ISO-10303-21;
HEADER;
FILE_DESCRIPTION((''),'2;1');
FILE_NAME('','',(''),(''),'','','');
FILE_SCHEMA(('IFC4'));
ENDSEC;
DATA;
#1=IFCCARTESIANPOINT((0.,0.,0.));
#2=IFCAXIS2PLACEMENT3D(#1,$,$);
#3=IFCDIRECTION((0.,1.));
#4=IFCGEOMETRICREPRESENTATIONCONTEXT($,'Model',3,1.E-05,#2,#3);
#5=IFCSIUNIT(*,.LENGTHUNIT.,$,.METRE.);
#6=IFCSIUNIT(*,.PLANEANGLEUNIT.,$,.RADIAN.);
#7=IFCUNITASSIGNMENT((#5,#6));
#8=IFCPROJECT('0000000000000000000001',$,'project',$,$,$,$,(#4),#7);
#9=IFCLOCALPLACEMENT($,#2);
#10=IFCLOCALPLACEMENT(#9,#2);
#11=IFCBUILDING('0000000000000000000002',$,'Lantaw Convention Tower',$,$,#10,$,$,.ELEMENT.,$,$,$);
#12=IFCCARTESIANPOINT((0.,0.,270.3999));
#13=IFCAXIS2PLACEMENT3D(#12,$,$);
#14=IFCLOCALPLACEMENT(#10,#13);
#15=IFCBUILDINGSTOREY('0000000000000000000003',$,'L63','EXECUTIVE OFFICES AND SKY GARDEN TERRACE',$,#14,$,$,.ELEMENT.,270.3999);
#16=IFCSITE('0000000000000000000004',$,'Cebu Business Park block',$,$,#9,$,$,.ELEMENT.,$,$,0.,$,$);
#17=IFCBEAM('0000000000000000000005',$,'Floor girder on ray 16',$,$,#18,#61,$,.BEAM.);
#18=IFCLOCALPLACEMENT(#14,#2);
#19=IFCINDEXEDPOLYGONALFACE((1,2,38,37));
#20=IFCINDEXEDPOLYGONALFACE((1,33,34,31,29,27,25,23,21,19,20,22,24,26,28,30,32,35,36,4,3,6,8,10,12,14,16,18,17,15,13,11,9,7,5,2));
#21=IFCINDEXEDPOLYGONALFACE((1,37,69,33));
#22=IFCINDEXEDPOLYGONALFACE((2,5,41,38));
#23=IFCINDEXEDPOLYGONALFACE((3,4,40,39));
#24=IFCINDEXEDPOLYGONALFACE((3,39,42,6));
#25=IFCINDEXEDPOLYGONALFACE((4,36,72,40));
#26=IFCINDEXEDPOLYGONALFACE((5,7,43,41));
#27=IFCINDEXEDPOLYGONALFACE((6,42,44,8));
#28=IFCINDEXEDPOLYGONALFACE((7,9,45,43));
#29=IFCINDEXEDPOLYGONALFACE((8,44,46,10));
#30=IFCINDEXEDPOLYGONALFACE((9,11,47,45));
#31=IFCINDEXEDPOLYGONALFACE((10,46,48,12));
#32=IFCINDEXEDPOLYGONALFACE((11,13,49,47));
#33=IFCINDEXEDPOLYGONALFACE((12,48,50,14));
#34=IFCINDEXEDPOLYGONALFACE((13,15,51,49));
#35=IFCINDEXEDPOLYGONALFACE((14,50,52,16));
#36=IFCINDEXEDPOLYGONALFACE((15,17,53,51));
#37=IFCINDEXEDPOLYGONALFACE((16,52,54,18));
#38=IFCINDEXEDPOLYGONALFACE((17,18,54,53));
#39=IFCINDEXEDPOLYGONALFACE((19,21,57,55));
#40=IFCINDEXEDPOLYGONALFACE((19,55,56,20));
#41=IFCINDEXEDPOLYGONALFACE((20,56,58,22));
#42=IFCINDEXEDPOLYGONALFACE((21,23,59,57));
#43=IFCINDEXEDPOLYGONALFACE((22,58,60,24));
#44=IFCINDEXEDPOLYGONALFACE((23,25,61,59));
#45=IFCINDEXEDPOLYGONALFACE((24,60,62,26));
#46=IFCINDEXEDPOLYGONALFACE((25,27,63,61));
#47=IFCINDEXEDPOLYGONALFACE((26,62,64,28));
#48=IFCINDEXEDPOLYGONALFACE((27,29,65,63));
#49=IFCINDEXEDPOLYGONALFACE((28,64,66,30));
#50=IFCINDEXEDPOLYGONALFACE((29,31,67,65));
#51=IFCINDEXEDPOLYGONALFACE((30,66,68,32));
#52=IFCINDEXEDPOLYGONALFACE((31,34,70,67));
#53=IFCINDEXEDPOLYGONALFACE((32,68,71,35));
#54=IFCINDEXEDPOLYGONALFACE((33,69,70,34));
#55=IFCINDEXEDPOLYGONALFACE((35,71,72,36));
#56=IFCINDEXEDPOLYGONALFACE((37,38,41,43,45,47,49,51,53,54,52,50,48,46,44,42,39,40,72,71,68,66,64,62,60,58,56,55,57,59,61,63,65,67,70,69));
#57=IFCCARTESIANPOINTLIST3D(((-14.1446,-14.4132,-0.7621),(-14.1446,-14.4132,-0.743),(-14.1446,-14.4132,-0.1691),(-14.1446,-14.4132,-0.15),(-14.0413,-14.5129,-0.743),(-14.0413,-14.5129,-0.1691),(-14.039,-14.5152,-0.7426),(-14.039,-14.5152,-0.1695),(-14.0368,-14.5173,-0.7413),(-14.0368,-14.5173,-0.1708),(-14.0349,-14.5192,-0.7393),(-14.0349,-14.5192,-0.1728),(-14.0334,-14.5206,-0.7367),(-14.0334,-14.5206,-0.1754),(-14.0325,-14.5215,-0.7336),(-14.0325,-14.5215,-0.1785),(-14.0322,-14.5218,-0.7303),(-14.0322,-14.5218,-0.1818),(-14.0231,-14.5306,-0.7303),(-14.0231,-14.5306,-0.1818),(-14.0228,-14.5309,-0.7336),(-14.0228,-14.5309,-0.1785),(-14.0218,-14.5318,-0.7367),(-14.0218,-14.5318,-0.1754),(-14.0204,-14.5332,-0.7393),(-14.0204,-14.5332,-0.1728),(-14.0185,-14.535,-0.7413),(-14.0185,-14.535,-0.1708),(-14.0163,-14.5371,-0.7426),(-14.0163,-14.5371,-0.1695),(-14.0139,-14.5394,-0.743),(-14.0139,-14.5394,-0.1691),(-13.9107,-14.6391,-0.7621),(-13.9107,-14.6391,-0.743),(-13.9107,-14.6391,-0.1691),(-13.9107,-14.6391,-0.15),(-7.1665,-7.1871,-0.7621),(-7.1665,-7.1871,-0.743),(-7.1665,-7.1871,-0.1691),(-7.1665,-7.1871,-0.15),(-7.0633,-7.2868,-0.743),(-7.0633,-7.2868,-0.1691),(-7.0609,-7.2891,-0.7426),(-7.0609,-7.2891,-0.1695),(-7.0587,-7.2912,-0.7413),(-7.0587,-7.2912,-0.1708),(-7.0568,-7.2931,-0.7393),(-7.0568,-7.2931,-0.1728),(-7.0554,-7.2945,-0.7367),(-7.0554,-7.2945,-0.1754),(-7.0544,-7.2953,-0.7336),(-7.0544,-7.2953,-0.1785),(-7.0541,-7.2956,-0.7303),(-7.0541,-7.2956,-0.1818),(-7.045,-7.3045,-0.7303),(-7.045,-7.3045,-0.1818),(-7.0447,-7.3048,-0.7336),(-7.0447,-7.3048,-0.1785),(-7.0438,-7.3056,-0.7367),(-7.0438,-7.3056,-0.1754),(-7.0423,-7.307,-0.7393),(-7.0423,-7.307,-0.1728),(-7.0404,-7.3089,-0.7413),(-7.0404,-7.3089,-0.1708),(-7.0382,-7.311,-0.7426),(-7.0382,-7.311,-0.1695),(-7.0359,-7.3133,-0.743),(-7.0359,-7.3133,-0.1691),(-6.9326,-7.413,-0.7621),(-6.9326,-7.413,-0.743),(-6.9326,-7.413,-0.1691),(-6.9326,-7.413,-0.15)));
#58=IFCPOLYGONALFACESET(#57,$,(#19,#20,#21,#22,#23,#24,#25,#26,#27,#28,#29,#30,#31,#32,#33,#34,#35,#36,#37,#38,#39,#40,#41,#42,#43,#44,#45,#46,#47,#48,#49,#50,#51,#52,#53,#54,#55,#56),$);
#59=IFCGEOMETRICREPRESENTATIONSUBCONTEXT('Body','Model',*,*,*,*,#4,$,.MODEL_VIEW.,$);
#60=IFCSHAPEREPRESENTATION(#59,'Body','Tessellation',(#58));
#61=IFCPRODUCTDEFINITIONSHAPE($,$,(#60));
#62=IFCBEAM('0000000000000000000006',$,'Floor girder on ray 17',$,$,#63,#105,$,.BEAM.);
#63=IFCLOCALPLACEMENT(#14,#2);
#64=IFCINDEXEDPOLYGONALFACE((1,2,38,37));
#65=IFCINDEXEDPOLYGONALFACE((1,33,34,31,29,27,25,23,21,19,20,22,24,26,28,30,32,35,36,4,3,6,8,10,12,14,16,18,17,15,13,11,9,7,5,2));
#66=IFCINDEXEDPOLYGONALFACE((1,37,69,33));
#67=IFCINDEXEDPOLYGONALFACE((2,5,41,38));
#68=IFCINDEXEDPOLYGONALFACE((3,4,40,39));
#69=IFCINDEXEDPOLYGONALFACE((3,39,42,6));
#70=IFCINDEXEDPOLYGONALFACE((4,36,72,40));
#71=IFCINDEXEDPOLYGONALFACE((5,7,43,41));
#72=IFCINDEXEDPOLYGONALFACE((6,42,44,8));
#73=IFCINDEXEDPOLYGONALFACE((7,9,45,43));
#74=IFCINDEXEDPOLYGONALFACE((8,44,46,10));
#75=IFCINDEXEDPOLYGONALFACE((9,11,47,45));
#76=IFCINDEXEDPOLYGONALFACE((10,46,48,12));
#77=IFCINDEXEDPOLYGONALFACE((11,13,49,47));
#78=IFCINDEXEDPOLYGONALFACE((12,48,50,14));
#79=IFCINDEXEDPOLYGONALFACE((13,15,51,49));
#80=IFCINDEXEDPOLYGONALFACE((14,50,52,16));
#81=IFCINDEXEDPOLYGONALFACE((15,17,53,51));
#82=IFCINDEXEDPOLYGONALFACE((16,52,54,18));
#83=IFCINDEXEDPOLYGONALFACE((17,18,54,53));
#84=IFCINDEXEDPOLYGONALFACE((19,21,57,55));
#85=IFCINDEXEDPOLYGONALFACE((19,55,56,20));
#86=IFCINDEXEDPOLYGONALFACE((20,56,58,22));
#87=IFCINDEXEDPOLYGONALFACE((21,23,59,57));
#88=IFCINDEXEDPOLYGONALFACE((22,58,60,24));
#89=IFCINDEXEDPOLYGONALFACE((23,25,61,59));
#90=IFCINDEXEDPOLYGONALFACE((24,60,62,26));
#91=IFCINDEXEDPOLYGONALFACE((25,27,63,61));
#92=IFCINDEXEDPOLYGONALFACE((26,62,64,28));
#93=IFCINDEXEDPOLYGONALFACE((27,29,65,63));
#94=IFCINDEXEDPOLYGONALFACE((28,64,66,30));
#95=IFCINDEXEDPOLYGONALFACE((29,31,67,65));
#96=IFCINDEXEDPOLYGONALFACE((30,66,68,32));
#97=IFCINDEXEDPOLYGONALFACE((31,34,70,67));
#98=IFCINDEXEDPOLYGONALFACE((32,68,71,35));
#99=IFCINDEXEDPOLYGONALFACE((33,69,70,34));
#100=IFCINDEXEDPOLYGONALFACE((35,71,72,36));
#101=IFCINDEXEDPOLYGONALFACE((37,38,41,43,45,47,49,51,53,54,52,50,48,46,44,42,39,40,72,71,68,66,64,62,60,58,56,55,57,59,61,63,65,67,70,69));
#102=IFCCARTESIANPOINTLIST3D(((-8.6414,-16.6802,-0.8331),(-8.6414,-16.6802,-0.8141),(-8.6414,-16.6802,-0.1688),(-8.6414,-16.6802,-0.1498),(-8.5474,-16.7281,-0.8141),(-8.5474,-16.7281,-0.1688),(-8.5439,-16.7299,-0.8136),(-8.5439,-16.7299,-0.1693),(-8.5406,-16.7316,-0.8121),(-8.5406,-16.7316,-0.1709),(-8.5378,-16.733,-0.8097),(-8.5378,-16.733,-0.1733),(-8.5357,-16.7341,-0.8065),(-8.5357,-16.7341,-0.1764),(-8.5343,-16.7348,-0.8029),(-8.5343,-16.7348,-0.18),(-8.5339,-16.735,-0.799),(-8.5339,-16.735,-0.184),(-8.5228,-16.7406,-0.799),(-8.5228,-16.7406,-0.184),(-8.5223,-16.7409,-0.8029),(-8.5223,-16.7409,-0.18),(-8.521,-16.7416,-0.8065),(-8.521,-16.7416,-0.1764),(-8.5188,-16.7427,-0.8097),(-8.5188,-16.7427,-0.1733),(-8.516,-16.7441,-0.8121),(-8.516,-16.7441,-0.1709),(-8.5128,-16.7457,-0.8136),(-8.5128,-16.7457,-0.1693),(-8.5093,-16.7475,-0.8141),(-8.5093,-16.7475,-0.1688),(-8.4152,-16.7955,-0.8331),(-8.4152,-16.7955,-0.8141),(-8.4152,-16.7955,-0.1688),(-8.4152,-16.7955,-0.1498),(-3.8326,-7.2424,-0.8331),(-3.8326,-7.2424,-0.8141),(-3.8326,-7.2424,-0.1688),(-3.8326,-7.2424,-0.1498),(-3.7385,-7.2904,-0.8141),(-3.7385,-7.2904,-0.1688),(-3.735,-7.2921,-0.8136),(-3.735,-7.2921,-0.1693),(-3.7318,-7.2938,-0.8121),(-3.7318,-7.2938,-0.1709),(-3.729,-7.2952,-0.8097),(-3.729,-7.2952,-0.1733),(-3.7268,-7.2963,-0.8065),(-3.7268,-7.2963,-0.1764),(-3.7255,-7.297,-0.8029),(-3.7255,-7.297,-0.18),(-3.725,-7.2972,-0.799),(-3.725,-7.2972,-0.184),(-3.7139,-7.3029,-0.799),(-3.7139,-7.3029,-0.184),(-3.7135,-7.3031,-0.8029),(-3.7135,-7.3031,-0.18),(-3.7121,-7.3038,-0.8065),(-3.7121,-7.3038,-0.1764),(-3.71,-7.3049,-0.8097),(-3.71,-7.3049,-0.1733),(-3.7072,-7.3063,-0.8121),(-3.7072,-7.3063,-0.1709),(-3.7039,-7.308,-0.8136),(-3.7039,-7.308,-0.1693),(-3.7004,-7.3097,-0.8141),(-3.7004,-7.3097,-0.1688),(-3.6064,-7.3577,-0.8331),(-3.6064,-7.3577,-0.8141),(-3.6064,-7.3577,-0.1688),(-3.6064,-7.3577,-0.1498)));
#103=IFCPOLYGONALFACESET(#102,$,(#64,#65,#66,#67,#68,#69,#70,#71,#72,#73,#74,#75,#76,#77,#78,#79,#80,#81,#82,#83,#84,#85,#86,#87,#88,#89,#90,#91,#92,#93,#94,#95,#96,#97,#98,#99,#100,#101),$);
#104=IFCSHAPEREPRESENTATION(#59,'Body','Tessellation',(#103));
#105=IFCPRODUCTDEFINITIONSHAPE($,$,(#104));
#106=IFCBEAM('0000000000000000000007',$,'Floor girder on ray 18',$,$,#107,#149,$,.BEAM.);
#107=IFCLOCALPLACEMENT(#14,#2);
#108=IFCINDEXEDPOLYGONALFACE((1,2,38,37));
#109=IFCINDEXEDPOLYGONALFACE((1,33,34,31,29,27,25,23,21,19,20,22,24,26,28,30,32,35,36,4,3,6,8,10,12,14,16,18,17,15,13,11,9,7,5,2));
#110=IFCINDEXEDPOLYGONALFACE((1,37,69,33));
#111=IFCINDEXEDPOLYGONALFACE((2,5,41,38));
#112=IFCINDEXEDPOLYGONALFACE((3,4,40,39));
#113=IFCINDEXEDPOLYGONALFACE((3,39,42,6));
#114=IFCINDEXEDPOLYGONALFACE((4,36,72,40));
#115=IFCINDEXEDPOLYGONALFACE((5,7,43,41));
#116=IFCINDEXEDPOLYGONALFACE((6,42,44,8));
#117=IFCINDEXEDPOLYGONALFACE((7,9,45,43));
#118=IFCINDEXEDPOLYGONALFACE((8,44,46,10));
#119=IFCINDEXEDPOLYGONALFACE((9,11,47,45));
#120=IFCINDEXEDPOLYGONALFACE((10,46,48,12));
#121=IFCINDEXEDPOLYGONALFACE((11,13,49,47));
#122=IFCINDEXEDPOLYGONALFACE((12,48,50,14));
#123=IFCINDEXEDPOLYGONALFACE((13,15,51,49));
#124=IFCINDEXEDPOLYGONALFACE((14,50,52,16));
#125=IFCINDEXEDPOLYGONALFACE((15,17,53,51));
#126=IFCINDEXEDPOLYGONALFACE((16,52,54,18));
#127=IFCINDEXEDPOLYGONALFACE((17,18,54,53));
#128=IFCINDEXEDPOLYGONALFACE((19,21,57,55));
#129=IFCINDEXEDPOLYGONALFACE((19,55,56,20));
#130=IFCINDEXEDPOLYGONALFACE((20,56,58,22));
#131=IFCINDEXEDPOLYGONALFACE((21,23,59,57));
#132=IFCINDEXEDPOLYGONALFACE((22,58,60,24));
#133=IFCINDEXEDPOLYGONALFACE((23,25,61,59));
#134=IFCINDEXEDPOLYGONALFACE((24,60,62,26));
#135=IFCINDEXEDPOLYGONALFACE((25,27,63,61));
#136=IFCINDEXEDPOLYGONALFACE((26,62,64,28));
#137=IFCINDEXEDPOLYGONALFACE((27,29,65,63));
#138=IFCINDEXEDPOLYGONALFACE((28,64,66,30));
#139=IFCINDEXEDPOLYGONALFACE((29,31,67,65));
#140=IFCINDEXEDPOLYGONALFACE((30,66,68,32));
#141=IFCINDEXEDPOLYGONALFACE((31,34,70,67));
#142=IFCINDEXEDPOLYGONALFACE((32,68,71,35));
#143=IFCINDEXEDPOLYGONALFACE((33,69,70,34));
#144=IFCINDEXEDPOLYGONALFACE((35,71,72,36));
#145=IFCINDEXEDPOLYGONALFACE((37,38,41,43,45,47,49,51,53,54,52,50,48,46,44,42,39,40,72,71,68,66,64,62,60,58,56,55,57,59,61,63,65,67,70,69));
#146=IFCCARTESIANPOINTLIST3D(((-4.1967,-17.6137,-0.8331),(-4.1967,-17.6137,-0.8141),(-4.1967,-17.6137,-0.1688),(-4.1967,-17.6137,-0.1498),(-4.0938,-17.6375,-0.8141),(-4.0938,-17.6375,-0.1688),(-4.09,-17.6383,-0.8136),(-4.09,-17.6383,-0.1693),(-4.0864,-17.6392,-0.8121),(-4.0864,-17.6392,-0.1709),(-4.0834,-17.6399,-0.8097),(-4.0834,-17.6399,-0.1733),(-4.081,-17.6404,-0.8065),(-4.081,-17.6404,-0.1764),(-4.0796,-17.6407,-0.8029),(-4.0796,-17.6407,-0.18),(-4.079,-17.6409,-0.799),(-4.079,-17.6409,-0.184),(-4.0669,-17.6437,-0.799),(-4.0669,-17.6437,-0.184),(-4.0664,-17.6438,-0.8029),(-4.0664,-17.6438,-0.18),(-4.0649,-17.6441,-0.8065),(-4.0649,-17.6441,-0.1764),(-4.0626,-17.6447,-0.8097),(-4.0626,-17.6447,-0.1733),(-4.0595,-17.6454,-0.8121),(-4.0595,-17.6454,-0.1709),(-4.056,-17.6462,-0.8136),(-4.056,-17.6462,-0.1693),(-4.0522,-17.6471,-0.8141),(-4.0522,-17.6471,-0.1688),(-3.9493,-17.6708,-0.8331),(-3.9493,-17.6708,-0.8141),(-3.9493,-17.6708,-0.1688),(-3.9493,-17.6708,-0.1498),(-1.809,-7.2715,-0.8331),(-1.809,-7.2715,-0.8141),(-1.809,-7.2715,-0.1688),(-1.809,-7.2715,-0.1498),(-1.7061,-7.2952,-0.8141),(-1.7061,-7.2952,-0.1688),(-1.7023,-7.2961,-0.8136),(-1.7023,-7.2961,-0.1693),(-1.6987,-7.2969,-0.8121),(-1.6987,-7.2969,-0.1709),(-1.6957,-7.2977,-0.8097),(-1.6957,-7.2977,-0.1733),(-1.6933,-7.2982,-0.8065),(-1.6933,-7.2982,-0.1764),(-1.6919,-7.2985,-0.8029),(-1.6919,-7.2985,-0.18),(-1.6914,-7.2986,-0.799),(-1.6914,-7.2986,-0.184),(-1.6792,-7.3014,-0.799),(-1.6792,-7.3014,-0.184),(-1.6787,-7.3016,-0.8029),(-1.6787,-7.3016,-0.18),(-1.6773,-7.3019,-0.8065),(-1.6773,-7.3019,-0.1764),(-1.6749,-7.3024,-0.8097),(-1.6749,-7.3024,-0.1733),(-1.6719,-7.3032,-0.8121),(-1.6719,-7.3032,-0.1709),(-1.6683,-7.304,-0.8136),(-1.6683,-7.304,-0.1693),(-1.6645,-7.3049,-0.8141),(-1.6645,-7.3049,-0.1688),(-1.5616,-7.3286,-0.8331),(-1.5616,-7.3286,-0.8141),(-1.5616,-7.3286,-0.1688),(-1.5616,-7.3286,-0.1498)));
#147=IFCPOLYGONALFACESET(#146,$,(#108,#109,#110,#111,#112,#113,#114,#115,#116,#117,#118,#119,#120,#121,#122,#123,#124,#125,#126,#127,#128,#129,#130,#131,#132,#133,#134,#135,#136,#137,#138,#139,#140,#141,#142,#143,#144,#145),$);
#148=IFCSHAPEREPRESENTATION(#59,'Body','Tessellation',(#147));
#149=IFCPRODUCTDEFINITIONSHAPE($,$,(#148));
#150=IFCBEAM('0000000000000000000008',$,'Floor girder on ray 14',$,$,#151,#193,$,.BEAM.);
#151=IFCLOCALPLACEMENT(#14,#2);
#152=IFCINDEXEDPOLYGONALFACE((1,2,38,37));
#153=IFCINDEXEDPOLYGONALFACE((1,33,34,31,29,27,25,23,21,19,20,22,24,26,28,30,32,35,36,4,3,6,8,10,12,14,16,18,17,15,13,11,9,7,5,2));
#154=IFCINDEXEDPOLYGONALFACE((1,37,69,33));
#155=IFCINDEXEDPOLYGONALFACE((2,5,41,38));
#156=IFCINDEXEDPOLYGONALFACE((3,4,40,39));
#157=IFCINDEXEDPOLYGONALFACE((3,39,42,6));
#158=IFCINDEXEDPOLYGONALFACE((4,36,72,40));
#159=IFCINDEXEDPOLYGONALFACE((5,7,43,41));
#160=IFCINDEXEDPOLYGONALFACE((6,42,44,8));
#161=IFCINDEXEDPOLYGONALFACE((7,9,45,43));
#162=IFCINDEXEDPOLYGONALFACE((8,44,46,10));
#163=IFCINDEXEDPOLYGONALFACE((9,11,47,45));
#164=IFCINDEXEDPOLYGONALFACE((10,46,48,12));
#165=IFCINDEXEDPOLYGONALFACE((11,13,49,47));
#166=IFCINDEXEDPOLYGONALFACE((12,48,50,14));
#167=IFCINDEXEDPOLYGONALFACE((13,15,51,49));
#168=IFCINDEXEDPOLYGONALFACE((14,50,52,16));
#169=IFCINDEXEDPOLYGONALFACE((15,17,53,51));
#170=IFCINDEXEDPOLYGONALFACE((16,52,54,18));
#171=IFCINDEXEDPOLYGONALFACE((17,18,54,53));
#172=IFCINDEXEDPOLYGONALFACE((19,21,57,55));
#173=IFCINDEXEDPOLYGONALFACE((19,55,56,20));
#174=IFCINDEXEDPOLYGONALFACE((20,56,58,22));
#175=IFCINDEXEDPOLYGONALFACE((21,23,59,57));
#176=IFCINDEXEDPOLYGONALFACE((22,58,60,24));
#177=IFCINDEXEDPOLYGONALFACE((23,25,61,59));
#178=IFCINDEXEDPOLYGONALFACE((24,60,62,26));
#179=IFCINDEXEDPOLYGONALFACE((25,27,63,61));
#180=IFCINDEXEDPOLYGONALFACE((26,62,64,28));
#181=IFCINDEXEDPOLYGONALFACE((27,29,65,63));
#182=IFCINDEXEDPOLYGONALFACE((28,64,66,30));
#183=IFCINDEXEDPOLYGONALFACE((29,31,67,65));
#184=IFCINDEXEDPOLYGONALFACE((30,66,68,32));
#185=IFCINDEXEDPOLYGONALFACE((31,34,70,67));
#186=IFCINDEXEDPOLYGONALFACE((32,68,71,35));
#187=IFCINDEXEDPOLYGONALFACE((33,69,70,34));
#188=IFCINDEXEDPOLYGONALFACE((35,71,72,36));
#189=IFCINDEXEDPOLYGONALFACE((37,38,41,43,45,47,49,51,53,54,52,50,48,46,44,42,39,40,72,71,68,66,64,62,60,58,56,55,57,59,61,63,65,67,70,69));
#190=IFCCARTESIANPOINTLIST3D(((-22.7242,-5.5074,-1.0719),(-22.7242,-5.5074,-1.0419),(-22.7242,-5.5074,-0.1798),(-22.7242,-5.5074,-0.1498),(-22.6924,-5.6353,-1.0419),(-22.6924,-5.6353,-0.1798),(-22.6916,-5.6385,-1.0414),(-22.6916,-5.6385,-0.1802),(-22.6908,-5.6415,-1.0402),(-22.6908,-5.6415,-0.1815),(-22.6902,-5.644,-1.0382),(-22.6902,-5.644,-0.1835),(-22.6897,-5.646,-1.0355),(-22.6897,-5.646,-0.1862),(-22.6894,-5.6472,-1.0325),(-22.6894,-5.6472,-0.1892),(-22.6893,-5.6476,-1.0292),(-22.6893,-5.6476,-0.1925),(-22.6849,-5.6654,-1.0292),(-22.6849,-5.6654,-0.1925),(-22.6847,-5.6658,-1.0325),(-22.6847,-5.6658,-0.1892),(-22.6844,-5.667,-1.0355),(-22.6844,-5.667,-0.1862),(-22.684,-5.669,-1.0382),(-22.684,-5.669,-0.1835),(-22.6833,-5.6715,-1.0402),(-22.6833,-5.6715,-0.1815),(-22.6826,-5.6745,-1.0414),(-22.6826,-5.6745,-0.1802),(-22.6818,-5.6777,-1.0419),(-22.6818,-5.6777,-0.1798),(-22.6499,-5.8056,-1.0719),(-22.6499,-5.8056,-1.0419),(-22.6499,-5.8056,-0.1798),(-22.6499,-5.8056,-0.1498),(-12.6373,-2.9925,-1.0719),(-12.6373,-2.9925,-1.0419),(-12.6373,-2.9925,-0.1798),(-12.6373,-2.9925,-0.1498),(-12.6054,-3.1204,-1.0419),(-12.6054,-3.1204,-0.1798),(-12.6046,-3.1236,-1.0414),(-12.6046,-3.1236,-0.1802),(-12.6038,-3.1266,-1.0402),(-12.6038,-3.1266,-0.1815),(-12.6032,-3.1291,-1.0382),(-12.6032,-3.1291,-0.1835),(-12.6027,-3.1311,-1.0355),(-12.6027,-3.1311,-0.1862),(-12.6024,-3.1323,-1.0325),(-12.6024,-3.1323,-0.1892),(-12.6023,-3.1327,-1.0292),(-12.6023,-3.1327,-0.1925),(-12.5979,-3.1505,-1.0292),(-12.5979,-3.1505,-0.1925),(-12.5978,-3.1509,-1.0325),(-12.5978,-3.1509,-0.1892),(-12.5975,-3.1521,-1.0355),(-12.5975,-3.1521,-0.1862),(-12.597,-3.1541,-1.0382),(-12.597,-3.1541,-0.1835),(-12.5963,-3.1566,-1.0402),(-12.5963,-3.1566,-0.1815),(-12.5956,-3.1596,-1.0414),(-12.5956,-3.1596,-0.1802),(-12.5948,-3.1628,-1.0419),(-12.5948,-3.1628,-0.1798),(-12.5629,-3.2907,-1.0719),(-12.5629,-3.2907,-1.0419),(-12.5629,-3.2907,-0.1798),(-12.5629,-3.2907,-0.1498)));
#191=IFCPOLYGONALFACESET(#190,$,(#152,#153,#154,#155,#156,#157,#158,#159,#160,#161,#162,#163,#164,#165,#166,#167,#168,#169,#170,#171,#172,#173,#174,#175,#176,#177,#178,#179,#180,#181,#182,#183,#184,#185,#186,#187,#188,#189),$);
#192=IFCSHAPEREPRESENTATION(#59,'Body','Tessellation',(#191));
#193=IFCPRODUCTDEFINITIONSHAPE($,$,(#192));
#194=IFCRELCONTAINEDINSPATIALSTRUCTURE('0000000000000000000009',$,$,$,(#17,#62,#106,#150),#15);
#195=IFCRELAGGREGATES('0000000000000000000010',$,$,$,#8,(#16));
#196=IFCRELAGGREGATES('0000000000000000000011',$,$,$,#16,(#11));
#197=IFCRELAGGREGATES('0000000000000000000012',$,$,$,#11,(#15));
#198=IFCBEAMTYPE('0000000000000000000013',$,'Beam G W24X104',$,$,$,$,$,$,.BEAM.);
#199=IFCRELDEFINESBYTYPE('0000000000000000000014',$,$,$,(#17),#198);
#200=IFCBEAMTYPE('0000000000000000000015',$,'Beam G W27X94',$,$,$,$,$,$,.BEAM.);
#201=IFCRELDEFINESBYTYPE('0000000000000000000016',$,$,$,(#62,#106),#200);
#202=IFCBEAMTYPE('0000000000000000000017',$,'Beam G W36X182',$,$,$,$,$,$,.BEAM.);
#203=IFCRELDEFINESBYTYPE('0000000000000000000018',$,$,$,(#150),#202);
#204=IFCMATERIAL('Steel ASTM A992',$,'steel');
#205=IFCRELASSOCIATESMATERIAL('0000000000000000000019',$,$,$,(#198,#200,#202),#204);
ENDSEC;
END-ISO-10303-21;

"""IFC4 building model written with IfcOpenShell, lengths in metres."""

from ifc_helpers import new_model, si_unit, direction, frame, origin, origin_2d, place, context, subcontext, project, spatial, i_section, extrude, material, material_profile, profile_set, type_object, element, save


model = new_model("IFC4")

# Units and contexts
model_context = context("Model", 3, precision=1e-05, world=origin(), true_north=direction((0.0, 1.0)))
body_context = subcontext(model_context, "Body", "Model", "MODEL_VIEW")
ifc_project = project(units=[si_unit("LENGTHUNIT", "METRE"), si_unit("PLANEANGLEUNIT", "RADIAN")], contexts=[model_context])

# Site, building, storey
site_placement = place(None, origin())
site = spatial("IfcSite", under=ifc_project, at=site_placement, Name="Cebu Business Park block", CompositionType="ELEMENT", RefElevation=0.0)
building_placement = place(site_placement, origin())
building = spatial("IfcBuilding", under=site, at=building_placement, Name="Lantaw Convention Tower", CompositionType="ELEMENT")
storey_placement = place(building_placement, frame((0.0, 0.0, 270.3999)))
storey = spatial("IfcBuildingStorey", under=building, at=storey_placement, Name="L63", Description="EXECUTIVE OFFICES AND SKY GARDEN TERRACE", CompositionType="ELEMENT", Elevation=270.3999)

# Beams
ifc_material_1 = material(Name="Steel ASTM A992", Category="steel")
ifc_material_profile_1 = material_profile(ifc_material_1, i_section(OverallWidth=0.3252, OverallDepth=0.6121, WebThickness=0.0127, FlangeThickness=0.019, FilletRadius=0.0127, at=origin_2d()), Name="W24X104")
ifc_profile_set_1 = profile_set([ifc_material_profile_1], Name="Steel ASTM A992")
beam_type_1 = type_object("IfcBeamType", Name="Beam G W24X104", PredefinedType="BEAM", material=ifc_profile_set_1)
beam_1_placement = place(storey_placement, frame((-7.0496, -7.3, -0.4561), z_axis=(-0.694653, -0.719345, 0.0), x_axis=(0.719345, -0.694653, 0.0)))
element("IfcBeam", 1, at=beam_1_placement, inside=storey, type_object=beam_type_1, Name="Floor girder on ray 16", PredefinedType="BEAM", context=body_context, shape_type="SweptSolid", body=[
    extrude(i_section(OverallWidth=0.3252, OverallDepth=0.6121, WebThickness=0.0127, FlangeThickness=0.019, FilletRadius=0.0127, at=origin_2d()), origin(), (0.0, 0.0, 1.0), 10.0454),
])
ifc_material_profile_2 = material_profile(ifc_material_1, i_section(OverallWidth=0.2539, OverallDepth=0.6833, WebThickness=0.0125, FlangeThickness=0.019, FilletRadius=0.0151, at=origin_2d()), Name="W27X94")
ifc_profile_set_2 = profile_set([ifc_material_profile_2], Name="Steel ASTM A992")
beam_type_2 = type_object("IfcBeamType", Name="Beam G W27X94", PredefinedType="BEAM", material=ifc_profile_set_2)
beam_2_placement = place(storey_placement, frame((-3.7195, -7.3, -0.4915), z_axis=(-0.453996, -0.891004, 0.0), x_axis=(0.891004, -0.453996, 0.0)))
element("IfcBeam", 2, at=beam_2_placement, inside=storey, type_object=beam_type_2, Name="Floor girder on ray 17", PredefinedType="BEAM", context=body_context, shape_type="SweptSolid", body=[
    extrude(i_section(OverallWidth=0.2539, OverallDepth=0.6833, WebThickness=0.0125, FlangeThickness=0.019, FilletRadius=0.0151, at=origin_2d()), origin(), (0.0, 0.0, 1.0), 10.5923),
])
beam_3_placement = place(storey_placement, frame((-1.6853, -7.3, -0.4915), z_axis=(-0.22495, -0.97437, 0.0), x_axis=(0.97437, -0.22495, 0.0)))
element("IfcBeam", 3, at=beam_3_placement, inside=storey, type_object=beam_type_2, Name="Floor girder on ray 18", PredefinedType="BEAM", context=body_context, shape_type="SweptSolid", body=[
    extrude(i_section(OverallWidth=0.2539, OverallDepth=0.6833, WebThickness=0.0125, FlangeThickness=0.019, FilletRadius=0.0151, at=origin_2d()), origin(), (0.0, 0.0, 1.0), 10.6143),
])
ifc_material_profile_3 = material_profile(ifc_material_1, i_section(OverallWidth=0.3074, OverallDepth=0.9221, WebThickness=0.0183, FlangeThickness=0.03, FilletRadius=0.0127, at=origin_2d()), Name="W36X182")
ifc_profile_set_3 = profile_set([ifc_material_profile_3], Name="Steel ASTM A992")
beam_type_3 = type_object("IfcBeamType", Name="Beam G W36X182", PredefinedType="BEAM", material=ifc_profile_set_3)
beam_4_placement = place(storey_placement, frame((-12.6001, -3.1416, -0.6108), z_axis=(-0.970297, -0.241917, 0.0), x_axis=(0.241917, -0.970297, 0.0)))
element("IfcBeam", 4, at=beam_4_placement, inside=storey, type_object=beam_type_3, Name="Floor girder on ray 14", PredefinedType="BEAM", context=body_context, shape_type="SweptSolid", body=[
    extrude(i_section(OverallWidth=0.3074, OverallDepth=0.9221, WebThickness=0.0183, FlangeThickness=0.03, FilletRadius=0.0127, at=origin_2d()), origin(), (0.0, 0.0, 1.0), 10.3958),
])

save(model, "model.ifc")
